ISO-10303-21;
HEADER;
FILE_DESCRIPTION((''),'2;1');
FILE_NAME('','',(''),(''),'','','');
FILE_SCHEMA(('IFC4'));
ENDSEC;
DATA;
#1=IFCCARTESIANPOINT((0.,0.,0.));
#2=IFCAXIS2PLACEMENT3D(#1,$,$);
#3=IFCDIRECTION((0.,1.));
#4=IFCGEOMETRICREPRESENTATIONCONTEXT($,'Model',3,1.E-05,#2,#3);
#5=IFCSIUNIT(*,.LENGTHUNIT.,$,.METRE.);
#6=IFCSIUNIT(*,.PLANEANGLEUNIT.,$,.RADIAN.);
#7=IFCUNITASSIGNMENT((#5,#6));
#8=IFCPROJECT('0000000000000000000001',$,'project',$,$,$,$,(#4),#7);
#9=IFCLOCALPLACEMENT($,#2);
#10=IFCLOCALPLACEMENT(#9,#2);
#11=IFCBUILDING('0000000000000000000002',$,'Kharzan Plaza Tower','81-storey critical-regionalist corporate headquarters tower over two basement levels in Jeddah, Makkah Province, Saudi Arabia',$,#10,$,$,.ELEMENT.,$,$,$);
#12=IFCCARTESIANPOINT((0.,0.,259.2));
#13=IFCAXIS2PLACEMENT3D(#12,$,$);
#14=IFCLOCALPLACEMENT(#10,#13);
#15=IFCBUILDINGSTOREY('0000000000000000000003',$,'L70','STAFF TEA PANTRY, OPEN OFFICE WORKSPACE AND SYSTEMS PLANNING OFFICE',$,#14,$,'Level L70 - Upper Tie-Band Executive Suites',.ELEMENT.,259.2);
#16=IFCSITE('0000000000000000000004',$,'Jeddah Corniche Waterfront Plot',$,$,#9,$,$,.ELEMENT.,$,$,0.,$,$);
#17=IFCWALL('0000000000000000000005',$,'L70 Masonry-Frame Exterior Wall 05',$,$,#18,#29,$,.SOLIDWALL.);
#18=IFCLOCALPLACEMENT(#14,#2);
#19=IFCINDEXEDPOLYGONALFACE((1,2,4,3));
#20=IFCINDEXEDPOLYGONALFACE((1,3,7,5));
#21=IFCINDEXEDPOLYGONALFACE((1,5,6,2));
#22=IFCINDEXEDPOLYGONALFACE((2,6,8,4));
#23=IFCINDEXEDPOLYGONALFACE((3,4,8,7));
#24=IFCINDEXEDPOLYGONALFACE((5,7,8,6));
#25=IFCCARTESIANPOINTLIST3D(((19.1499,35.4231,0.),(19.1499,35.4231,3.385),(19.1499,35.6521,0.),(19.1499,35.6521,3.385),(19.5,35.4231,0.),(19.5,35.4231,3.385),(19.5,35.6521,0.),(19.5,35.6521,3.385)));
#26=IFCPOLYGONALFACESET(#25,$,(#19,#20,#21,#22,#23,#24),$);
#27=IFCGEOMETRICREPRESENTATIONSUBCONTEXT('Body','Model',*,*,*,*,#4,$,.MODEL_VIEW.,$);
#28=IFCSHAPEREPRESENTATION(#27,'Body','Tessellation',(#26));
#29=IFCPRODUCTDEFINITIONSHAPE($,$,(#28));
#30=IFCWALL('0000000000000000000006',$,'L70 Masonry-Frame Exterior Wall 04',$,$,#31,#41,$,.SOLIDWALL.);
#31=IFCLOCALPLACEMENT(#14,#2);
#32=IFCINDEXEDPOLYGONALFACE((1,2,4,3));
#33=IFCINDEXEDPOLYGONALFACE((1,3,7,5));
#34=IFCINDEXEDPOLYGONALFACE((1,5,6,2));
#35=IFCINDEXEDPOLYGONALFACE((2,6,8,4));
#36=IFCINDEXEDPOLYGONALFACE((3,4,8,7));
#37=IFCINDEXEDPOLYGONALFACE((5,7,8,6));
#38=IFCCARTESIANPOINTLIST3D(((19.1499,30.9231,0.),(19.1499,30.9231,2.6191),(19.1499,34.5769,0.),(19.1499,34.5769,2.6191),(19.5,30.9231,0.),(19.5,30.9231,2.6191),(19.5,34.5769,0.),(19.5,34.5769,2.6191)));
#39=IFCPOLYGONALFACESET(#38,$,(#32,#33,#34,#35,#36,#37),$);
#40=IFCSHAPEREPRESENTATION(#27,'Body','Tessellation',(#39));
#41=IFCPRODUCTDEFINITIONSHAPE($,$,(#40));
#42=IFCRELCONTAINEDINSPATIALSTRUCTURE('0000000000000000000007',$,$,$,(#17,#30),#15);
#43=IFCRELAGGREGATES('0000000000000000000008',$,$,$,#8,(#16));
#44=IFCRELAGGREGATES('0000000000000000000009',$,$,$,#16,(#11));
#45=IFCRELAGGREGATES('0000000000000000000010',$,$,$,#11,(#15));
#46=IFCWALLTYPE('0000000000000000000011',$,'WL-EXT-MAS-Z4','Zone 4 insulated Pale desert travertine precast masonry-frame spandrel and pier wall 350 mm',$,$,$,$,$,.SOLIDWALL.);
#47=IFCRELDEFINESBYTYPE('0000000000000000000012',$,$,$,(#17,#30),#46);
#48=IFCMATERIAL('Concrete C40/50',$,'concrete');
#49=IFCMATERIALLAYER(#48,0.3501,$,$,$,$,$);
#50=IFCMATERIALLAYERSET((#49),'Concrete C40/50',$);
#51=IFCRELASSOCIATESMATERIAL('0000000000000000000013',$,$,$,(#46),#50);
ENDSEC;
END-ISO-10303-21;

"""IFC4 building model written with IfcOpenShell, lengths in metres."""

from ifc_helpers import new_model, si_unit, direction, frame, frame_2d, origin, place, context, subcontext, project, spatial, rectangle, extrude, source, transform, mapped, material, layer, layer_set, type_object, element, save


model = new_model("IFC4")

# Units and contexts
model_context = context("Model", 3, precision=1e-05, world=origin(), true_north=direction((0.0, 1.0)))
body_context = subcontext(model_context, "Body", "Model", "MODEL_VIEW")
ifc_project = project(units=[si_unit("LENGTHUNIT", "METRE"), si_unit("PLANEANGLEUNIT", "RADIAN")], contexts=[model_context])

# Site, building, storey
site_placement = place(None, origin())
site = spatial("IfcSite", under=ifc_project, at=site_placement, Name="Jeddah Corniche Waterfront Plot", CompositionType="ELEMENT", RefElevation=0.0)
building_placement = place(site_placement, origin())
building = spatial("IfcBuilding", under=site, at=building_placement, Name="Kharzan Plaza Tower", Description="81-storey critical-regionalist corporate headquarters tower over two basement levels in Jeddah, Makkah Province, Saudi Arabia", CompositionType="ELEMENT")
storey_placement = place(building_placement, frame((0.0, 0.0, 259.2)))
storey = spatial("IfcBuildingStorey", under=building, at=storey_placement, Name="L70", Description="STAFF TEA PANTRY, OPEN OFFICE WORKSPACE AND SYSTEMS PLANNING OFFICE", LongName="Level L70 - Upper Tie-Band Executive Suites", CompositionType="ELEMENT", Elevation=259.2)

# Shared definitions
ifc_material_1 = material(Name="Concrete C40/50", Category="concrete")
ifc_layer_1 = layer(ifc_material_1, 0.3501)
ifc_layer_set_1 = layer_set([ifc_layer_1], Name="Concrete C40/50")
wall_type_1 = type_object("IfcWallType", Name="WL-EXT-MAS-Z4", Description="Zone 4 insulated Pale desert travertine precast masonry-frame spandrel and pier wall 350 mm", PredefinedType="SOLIDWALL", material=ifc_layer_set_1)

# Walls
shared_shape_1 = source(origin(), body_context, "Body", "SweptSolid", [
    extrude(rectangle(XDim=0.229, YDim=0.3501, at=frame_2d((0.1145, 0.0))), origin(), (0.0, 0.0, 1.0), 3.385),
])
wall_1_placement = place(storey_placement, frame((19.325, 35.4231, 0.0), z_axis=(0.0, 0.0, 1.0), x_axis=(0.0, 1.0, 0.0)))
element("IfcWall", 1, at=wall_1_placement, inside=storey, type_object=wall_type_1, Name="L70 Masonry-Frame Exterior Wall 05", PredefinedType="SOLIDWALL", context=body_context, shape_type="MappedRepresentation", body=[
    mapped(shared_shape_1, transform((0.0, 0.0, 0.0), x_axis=(1.0, 0.0, 0.0), y_axis=(0.0, 1.0, 0.0), z_axis=(0.0, 0.0, 1.0))),
])
shared_shape_2 = source(origin(), body_context, "Body", "SweptSolid", [
    extrude(rectangle(XDim=3.6538, YDim=0.3501, at=frame_2d((1.8269, 0.0))), origin(), (0.0, 0.0, 1.0), 2.6191),
])
wall_2_placement = place(storey_placement, frame((19.325, 30.9231, 0.0), z_axis=(0.0, 0.0, 1.0), x_axis=(0.0, 1.0, 0.0)))
element("IfcWall", 2, at=wall_2_placement, inside=storey, type_object=wall_type_1, Name="L70 Masonry-Frame Exterior Wall 04", PredefinedType="SOLIDWALL", context=body_context, shape_type="MappedRepresentation", body=[
    mapped(shared_shape_2, transform((0.0, 0.0, 0.0), x_axis=(1.0, 0.0, 0.0), y_axis=(0.0, 1.0, 0.0), z_axis=(0.0, 0.0, 1.0))),
])

save(model, "model.ifc")
